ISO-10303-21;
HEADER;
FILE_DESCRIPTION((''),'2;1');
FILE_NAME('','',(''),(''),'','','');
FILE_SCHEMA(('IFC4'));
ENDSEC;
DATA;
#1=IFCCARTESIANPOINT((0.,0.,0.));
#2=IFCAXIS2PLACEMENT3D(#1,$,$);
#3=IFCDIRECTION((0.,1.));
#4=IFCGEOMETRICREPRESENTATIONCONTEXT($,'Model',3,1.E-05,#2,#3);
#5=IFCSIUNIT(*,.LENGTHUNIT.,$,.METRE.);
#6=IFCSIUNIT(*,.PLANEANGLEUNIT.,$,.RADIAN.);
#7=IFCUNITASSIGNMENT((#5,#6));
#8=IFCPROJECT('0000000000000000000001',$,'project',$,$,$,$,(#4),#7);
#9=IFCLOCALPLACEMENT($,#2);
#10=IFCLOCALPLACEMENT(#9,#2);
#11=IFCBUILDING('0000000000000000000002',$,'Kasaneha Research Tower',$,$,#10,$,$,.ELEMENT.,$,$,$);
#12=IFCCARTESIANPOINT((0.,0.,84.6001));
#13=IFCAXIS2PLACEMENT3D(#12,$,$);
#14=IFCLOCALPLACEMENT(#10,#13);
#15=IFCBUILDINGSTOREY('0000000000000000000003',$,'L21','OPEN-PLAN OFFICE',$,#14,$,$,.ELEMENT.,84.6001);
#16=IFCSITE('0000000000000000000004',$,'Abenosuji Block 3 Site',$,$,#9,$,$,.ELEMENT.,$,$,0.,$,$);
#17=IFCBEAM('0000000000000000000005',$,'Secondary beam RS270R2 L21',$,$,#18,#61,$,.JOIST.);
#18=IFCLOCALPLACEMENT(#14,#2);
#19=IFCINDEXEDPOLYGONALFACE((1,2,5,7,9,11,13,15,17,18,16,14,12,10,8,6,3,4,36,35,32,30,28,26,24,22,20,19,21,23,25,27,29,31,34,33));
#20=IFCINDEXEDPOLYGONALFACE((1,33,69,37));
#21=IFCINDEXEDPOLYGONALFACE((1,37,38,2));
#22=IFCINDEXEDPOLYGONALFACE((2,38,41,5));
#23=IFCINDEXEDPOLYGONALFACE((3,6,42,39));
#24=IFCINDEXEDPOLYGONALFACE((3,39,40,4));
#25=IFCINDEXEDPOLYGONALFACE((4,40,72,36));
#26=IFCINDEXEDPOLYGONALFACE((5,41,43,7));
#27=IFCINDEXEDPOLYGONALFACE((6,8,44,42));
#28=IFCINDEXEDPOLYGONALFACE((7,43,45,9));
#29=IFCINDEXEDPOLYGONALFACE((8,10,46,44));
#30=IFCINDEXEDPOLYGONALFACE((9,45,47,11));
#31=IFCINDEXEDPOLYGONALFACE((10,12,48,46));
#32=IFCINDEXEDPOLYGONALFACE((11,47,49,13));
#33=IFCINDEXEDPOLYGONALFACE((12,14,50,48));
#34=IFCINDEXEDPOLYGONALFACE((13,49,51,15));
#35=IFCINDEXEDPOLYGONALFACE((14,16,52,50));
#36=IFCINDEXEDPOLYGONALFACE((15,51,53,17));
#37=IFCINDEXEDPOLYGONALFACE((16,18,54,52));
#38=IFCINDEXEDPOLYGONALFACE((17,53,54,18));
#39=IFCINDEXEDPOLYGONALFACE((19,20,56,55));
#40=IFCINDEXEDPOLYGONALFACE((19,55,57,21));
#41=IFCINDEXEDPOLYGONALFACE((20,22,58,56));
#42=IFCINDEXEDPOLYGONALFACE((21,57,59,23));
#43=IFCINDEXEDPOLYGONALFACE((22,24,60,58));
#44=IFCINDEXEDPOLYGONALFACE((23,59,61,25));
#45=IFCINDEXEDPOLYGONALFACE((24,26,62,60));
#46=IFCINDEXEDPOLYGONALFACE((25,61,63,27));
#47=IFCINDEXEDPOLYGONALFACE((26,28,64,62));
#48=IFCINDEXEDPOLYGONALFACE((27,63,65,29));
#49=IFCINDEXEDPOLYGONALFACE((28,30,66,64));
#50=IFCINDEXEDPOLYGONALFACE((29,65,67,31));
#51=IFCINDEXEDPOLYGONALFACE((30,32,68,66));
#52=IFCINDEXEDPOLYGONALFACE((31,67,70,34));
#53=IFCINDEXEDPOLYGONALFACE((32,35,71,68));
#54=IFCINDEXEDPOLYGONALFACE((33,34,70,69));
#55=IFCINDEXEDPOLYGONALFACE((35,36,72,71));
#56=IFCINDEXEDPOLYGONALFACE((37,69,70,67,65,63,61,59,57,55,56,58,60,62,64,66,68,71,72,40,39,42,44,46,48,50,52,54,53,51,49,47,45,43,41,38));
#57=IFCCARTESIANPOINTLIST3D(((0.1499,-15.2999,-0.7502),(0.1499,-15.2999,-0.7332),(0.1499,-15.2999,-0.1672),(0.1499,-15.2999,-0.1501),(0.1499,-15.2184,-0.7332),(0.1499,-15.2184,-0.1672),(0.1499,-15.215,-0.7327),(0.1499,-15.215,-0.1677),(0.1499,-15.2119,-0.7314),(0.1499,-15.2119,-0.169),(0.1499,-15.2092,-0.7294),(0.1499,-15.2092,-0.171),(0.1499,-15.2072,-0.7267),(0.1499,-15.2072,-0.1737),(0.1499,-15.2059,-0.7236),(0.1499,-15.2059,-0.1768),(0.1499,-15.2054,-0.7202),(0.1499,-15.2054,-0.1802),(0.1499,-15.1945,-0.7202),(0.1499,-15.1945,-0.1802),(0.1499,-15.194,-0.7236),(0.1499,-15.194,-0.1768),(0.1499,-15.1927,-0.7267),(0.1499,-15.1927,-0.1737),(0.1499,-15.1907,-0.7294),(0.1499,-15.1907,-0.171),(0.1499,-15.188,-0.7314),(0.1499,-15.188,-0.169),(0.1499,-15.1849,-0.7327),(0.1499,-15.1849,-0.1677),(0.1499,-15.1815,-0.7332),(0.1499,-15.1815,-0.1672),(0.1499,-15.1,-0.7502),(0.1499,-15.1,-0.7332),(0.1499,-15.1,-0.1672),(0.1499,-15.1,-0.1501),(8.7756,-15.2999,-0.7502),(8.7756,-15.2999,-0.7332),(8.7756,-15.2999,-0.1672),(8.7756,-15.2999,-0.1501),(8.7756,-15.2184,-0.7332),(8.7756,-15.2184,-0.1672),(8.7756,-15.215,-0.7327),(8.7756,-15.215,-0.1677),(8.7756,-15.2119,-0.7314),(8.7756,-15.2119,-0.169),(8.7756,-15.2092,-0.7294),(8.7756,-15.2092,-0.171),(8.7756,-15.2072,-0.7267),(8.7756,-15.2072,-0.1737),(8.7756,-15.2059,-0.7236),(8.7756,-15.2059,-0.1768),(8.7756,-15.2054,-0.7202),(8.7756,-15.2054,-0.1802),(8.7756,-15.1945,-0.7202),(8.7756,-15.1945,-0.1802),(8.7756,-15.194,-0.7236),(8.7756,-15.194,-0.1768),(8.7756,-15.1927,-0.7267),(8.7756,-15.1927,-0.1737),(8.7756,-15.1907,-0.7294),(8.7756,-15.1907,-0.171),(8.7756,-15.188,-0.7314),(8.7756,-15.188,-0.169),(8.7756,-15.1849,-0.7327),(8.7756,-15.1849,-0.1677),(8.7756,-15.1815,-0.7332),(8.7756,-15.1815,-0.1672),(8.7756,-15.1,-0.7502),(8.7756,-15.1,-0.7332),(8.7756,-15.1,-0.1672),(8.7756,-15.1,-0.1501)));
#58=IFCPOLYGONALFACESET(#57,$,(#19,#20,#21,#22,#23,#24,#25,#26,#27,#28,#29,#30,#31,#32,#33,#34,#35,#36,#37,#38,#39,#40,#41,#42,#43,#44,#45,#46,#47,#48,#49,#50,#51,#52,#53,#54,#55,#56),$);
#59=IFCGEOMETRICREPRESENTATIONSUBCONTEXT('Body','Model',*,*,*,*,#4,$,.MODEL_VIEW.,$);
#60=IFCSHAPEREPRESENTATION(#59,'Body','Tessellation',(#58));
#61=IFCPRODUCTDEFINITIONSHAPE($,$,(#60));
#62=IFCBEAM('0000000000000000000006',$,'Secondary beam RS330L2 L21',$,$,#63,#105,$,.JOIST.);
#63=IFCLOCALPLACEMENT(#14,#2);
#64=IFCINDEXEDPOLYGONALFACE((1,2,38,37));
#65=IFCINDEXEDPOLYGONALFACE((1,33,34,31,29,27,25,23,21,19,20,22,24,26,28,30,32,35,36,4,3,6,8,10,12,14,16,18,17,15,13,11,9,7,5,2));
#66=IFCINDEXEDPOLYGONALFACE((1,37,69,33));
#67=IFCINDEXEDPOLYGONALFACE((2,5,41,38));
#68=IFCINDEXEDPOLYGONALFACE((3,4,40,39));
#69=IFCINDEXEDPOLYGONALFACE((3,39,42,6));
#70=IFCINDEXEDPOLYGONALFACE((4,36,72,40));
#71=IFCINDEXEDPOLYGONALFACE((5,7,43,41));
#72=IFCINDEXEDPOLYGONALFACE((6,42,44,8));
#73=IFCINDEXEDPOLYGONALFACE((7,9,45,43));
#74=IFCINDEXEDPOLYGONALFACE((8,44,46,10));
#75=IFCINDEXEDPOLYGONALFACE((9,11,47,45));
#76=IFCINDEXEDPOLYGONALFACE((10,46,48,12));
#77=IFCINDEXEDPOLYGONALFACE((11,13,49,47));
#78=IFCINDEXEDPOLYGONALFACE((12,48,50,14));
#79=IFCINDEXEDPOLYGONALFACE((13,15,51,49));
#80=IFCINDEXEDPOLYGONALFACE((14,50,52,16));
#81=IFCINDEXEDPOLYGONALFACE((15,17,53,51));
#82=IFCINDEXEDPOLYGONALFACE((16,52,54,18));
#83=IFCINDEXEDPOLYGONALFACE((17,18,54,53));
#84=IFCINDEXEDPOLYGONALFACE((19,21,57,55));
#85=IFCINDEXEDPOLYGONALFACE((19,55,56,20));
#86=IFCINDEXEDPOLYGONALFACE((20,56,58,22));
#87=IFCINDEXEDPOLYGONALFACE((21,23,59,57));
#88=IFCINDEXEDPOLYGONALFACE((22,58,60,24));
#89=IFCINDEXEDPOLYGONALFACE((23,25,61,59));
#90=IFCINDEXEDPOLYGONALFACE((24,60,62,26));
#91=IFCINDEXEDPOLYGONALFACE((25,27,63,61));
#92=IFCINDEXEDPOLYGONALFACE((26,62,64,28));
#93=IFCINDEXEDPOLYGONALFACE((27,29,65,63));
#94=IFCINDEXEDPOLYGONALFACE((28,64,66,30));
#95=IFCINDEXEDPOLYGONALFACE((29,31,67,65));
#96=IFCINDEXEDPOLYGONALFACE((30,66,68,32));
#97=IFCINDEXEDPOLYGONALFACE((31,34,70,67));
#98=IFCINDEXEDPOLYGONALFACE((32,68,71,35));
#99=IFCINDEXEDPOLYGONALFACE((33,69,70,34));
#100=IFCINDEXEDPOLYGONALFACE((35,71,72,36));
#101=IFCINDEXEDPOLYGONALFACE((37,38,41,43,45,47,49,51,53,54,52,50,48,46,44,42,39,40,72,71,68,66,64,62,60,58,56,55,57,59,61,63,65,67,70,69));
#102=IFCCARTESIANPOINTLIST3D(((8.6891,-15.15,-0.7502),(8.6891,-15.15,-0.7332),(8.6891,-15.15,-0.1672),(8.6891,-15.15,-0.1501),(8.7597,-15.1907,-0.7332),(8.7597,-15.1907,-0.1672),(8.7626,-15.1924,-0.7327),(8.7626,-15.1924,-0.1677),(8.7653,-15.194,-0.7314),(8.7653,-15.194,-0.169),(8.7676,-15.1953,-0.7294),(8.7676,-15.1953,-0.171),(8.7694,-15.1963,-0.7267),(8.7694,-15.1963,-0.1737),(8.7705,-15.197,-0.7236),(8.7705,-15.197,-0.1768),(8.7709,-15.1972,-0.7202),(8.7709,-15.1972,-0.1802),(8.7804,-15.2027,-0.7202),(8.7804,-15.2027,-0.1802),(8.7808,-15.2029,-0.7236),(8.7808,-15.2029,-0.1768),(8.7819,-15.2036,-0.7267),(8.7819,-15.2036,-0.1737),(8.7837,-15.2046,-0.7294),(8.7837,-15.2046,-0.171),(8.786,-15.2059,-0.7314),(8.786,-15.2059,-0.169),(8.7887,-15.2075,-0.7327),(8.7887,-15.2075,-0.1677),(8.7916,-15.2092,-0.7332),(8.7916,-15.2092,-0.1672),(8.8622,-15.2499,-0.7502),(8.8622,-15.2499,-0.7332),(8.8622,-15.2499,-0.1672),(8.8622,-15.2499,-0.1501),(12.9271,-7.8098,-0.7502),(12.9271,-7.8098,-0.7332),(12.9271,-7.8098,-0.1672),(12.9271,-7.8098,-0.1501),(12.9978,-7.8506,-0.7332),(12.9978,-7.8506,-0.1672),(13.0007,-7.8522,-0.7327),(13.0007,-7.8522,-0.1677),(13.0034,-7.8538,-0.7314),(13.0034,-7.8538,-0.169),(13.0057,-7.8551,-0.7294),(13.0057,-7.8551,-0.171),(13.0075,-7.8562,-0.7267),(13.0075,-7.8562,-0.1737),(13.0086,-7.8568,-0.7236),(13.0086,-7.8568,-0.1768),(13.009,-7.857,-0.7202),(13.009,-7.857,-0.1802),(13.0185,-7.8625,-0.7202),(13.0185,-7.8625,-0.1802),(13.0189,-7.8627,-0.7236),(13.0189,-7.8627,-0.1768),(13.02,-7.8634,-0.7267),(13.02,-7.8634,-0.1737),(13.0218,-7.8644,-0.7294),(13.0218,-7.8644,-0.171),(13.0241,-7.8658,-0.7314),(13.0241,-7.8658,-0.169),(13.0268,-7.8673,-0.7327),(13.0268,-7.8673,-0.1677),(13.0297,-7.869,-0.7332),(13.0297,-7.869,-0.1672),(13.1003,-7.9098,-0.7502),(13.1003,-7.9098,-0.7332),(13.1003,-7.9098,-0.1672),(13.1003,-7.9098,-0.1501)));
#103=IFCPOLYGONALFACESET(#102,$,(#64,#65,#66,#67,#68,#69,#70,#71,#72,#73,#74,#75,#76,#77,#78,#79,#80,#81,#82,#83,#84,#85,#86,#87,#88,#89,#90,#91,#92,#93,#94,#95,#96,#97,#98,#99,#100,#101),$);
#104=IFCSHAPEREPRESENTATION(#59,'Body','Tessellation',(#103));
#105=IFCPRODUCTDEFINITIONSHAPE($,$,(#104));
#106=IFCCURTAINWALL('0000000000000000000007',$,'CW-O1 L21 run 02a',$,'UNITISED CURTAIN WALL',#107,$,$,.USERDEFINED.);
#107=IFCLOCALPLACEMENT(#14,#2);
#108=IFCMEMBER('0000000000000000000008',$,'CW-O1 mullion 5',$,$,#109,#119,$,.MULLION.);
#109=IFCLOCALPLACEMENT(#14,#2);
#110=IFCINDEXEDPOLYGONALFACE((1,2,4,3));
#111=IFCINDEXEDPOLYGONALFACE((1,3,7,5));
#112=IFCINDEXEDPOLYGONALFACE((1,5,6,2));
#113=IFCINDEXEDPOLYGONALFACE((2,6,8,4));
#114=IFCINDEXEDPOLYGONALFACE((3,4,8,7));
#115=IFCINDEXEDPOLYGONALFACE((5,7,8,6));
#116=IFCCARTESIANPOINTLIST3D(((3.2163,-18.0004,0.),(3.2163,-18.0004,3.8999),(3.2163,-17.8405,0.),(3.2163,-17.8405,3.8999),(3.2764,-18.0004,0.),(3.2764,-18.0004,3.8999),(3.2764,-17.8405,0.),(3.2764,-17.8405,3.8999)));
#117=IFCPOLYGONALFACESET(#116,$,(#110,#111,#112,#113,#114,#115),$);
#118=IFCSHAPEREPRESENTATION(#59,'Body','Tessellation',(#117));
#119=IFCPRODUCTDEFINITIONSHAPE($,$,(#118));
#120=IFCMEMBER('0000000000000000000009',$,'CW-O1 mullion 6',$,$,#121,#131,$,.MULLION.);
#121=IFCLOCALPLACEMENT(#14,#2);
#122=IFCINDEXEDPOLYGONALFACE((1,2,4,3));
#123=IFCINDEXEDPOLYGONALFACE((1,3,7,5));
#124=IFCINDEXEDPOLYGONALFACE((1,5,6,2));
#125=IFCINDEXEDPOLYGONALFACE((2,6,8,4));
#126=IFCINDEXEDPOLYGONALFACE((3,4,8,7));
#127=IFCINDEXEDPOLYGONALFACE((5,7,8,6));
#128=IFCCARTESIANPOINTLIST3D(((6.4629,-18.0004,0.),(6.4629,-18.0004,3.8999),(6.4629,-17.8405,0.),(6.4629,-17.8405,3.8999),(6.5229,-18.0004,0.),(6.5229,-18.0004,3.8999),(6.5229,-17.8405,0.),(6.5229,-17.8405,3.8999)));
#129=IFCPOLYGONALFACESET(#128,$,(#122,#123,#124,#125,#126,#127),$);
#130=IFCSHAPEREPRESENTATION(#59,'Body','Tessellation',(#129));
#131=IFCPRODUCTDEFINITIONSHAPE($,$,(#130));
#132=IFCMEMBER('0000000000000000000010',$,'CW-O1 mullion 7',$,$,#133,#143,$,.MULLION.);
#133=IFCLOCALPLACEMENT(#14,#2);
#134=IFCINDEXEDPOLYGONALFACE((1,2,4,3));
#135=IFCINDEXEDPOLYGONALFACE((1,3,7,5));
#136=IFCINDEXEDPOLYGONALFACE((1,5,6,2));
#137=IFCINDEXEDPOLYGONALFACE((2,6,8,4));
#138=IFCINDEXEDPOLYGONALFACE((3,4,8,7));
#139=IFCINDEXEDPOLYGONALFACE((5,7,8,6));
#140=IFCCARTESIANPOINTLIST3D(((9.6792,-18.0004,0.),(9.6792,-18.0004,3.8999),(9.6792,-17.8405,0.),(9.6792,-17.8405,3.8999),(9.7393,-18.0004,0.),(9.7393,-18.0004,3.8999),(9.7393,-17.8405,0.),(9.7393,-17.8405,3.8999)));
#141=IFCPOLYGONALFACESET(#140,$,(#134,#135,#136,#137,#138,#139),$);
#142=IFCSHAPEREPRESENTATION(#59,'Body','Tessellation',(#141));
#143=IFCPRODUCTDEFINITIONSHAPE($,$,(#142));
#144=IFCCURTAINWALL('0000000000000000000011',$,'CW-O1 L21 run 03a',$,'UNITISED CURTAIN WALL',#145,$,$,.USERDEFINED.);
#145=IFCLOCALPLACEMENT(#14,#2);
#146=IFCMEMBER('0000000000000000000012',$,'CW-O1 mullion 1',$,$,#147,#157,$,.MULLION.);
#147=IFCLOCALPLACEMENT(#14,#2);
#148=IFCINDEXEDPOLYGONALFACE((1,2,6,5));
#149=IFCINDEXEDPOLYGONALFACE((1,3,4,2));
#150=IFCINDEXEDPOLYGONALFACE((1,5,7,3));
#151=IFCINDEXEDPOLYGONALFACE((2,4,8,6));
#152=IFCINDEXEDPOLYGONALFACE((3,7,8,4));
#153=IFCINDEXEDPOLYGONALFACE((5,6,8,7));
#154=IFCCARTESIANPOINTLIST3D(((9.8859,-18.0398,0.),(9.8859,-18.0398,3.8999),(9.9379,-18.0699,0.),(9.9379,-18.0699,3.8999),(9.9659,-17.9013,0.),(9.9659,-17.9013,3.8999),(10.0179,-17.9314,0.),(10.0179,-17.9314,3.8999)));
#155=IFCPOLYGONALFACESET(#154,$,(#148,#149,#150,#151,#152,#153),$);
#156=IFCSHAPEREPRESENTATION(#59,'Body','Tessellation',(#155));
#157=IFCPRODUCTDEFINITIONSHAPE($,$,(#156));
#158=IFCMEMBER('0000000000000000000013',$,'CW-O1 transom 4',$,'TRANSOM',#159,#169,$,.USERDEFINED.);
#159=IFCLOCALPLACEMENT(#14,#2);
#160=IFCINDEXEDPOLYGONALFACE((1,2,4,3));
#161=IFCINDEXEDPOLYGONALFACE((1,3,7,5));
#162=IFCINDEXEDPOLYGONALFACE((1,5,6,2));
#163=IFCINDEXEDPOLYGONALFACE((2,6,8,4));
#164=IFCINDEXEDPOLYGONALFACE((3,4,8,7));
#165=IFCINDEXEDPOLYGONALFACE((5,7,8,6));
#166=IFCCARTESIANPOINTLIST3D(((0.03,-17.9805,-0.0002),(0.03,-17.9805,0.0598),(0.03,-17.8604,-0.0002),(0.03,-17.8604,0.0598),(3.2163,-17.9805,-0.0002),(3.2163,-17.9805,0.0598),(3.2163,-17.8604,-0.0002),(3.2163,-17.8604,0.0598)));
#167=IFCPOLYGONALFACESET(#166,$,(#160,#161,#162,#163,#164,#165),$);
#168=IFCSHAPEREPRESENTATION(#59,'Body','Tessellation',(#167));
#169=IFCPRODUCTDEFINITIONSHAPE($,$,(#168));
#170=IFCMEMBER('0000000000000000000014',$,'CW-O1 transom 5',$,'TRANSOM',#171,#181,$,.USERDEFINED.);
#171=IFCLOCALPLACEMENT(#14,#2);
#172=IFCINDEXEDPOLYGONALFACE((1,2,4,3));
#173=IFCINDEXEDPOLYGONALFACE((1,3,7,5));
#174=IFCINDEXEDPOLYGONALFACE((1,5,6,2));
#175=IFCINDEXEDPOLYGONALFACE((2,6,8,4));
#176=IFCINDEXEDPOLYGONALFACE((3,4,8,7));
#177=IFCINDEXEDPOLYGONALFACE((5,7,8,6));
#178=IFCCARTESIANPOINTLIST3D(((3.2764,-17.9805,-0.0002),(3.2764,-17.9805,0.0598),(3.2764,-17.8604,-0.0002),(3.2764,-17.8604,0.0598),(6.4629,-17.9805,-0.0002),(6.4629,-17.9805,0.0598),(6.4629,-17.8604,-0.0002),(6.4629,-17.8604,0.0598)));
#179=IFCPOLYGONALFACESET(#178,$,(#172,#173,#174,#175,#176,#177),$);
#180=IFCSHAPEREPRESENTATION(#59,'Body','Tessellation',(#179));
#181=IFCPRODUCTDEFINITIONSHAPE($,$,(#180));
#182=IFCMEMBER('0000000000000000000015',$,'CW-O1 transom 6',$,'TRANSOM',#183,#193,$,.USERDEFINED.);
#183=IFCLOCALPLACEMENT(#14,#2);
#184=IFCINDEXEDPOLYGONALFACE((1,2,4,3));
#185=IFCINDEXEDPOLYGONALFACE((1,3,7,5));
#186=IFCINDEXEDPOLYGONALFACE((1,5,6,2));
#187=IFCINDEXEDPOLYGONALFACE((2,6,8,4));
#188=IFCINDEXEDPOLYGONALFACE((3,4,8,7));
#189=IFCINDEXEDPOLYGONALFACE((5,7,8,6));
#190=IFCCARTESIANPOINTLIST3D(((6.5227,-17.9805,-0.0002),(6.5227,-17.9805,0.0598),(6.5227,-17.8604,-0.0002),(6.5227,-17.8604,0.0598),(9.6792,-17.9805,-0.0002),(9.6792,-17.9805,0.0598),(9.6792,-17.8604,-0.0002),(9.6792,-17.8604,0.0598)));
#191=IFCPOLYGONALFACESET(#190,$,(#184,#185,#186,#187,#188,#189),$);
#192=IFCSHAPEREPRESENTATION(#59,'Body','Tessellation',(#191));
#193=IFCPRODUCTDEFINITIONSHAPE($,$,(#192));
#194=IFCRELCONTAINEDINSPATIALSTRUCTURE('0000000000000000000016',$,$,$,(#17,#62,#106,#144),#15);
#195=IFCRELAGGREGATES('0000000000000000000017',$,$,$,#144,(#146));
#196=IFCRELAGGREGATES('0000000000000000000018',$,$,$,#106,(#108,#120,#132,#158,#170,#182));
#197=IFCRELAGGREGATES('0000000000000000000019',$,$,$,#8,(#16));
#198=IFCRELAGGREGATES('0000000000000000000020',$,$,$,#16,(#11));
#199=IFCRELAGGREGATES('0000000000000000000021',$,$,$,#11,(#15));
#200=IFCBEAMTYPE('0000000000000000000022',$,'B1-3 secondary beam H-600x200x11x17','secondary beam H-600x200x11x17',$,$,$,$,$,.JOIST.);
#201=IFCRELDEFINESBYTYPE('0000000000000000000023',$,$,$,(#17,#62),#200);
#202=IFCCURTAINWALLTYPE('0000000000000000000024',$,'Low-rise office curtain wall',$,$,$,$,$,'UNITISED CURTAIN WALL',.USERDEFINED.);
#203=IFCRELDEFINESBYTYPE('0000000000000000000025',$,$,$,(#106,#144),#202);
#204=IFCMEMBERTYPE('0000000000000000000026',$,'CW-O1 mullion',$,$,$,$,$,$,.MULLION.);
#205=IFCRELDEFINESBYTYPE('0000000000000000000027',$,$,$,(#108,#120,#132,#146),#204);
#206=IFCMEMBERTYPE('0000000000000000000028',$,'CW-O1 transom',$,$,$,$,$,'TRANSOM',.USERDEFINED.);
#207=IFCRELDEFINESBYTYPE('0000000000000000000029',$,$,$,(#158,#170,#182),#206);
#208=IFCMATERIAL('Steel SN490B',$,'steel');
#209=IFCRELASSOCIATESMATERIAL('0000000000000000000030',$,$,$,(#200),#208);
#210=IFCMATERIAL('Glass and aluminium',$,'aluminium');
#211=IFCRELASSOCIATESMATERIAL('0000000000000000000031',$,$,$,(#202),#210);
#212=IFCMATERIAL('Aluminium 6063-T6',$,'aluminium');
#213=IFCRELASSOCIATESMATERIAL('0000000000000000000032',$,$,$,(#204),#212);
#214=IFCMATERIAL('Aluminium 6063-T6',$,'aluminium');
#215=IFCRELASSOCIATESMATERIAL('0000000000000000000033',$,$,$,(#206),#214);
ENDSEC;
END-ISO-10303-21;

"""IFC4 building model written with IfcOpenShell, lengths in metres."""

from ifc_helpers import new_model, si_unit, direction, frame, origin, origin_2d, place, context, subcontext, project, spatial, rectangle, i_section, extrude, material, material_profile, profile_set, type_object, element, aggregate, save


model = new_model("IFC4")

# Units and contexts
model_context = context("Model", 3, precision=1e-05, world=origin(), true_north=direction((0.0, 1.0)))
body_context = subcontext(model_context, "Body", "Model", "MODEL_VIEW")
ifc_project = project(units=[si_unit("LENGTHUNIT", "METRE"), si_unit("PLANEANGLEUNIT", "RADIAN")], contexts=[model_context])

# Site, building, storey
site_placement = place(None, origin())
site = spatial("IfcSite", under=ifc_project, at=site_placement, Name="Abenosuji Block 3 Site", CompositionType="ELEMENT", RefElevation=0.0)
building_placement = place(site_placement, origin())
building = spatial("IfcBuilding", under=site, at=building_placement, Name="Kasaneha Research Tower", CompositionType="ELEMENT")
storey_placement = place(building_placement, frame((0.0, 0.0, 84.6001)))
storey = spatial("IfcBuildingStorey", under=building, at=storey_placement, Name="L21", Description="OPEN-PLAN OFFICE", CompositionType="ELEMENT", Elevation=84.6001)

# Beams
ifc_material_1 = material(Name="Steel SN490B", Category="steel")
ifc_material_profile_1 = material_profile(ifc_material_1, i_section(OverallWidth=0.2, OverallDepth=0.6001, WebThickness=0.011, FlangeThickness=0.0171, FilletRadius=0.0129, at=origin_2d()), Name="H-600x200x11x17")
ifc_profile_set_1 = profile_set([ifc_material_profile_1], Name="Steel SN490B")
beam_type = type_object("IfcBeamType", Name="B1-3 secondary beam H-600x200x11x17", Description="secondary beam H-600x200x11x17", PredefinedType="JOIST", material=ifc_profile_set_1)
beam_1_placement = place(storey_placement, frame((8.7756, -15.2, -0.4502), z_axis=(-1.0, 0.0, 0.0), x_axis=(0.0, -1.0, 0.0)))
element("IfcBeam", 1, at=beam_1_placement, inside=storey, type_object=beam_type, Name="Secondary beam RS270R2 L21", PredefinedType="JOIST", context=body_context, shape_type="SweptSolid", body=[
    extrude(i_section(OverallWidth=0.2, OverallDepth=0.6001, WebThickness=0.011, FlangeThickness=0.0171, FilletRadius=0.0129, at=origin_2d()), origin(), (0.0, 0.0, 1.0), 8.6257),
])
beam_2_placement = place(storey_placement, frame((8.7756, -15.2, -0.4502), z_axis=(0.500021, 0.866013, 0.0), x_axis=(-0.866013, 0.500021, 0.0)))
element("IfcBeam", 2, at=beam_2_placement, inside=storey, type_object=beam_type, Name="Secondary beam RS330L2 L21", PredefinedType="JOIST", context=body_context, shape_type="SweptSolid", body=[
    extrude(i_section(OverallWidth=0.2, OverallDepth=0.6001, WebThickness=0.011, FlangeThickness=0.0171, FilletRadius=0.0129, at=origin_2d()), origin(), (0.0, 0.0, 1.0), 8.4758),
])

# Curtain wall, members
ifc_material_2 = material(Name="Glass and aluminium", Category="aluminium")
curtain_wall_type = type_object("IfcCurtainWallType", Name="Low-rise office curtain wall", ElementType="UNITISED CURTAIN WALL", PredefinedType="USERDEFINED", material=ifc_material_2)
curtain_wall_1_placement = place(storey_placement, origin())
curtain_wall_1 = element("IfcCurtainWall", 3, at=curtain_wall_1_placement, inside=storey, type_object=curtain_wall_type, Name="CW-O1 L21 run 02a", ObjectType="UNITISED CURTAIN WALL", PredefinedType="USERDEFINED")
ifc_material_3 = material(Name="Aluminium 6063-T6", Category="aluminium")
ifc_material_profile_2 = material_profile(ifc_material_3, rectangle(XDim=0.0601, YDim=0.1599, at=origin_2d()), Name="CW-O1 mullion 60x160")
ifc_profile_set_2 = profile_set([ifc_material_profile_2], Name="Aluminium 6063-T6")
member_type_1 = type_object("IfcMemberType", Name="CW-O1 mullion", PredefinedType="MULLION", material=ifc_profile_set_2)
member_1_placement = place(storey_placement, frame((3.2463, -17.9204, 0.0), z_axis=(0.0, 0.0, 1.0), x_axis=(1.0, 0.0, 0.0)))
member_1 = element("IfcMember", 4, at=member_1_placement, type_object=member_type_1, Name="CW-O1 mullion 5", PredefinedType="MULLION", context=body_context, shape_type="SweptSolid", body=[
    extrude(rectangle(XDim=0.0601, YDim=0.1599, at=origin_2d()), origin(), (0.0, 0.0, 1.0), 3.8999),
])
member_2_placement = place(storey_placement, frame((6.4929, -17.9204, 0.0), z_axis=(0.0, 0.0, 1.0), x_axis=(1.0, 0.0, 0.0)))
member_2 = element("IfcMember", 5, at=member_2_placement, type_object=member_type_1, Name="CW-O1 mullion 6", PredefinedType="MULLION", context=body_context, shape_type="SweptSolid", body=[
    extrude(rectangle(XDim=0.0601, YDim=0.1599, at=origin_2d()), origin(), (0.0, 0.0, 1.0), 3.8999),
])
member_3_placement = place(storey_placement, frame((9.7092, -17.9204, 0.0), z_axis=(0.0, 0.0, 1.0), x_axis=(1.0, 0.0, 0.0)))
member_3 = element("IfcMember", 6, at=member_3_placement, type_object=member_type_1, Name="CW-O1 mullion 7", PredefinedType="MULLION", context=body_context, shape_type="SweptSolid", body=[
    extrude(rectangle(XDim=0.0601, YDim=0.1599, at=origin_2d()), origin(), (0.0, 0.0, 1.0), 3.8999),
])

# Curtain wall, member
curtain_wall_2_placement = place(storey_placement, origin())
curtain_wall_2 = element("IfcCurtainWall", 7, at=curtain_wall_2_placement, inside=storey, type_object=curtain_wall_type, Name="CW-O1 L21 run 03a", ObjectType="UNITISED CURTAIN WALL", PredefinedType="USERDEFINED")
member_4_placement = place(storey_placement, frame((9.9519, -17.9856, 0.0), z_axis=(0.0, 0.0, 1.0), x_axis=(0.866025, -0.5, 0.0)))
member_4 = element("IfcMember", 8, at=member_4_placement, type_object=member_type_1, Name="CW-O1 mullion 1", PredefinedType="MULLION", context=body_context, shape_type="SweptSolid", body=[
    extrude(rectangle(XDim=0.0601, YDim=0.1599, at=origin_2d()), origin(), (0.0, 0.0, 1.0), 3.8999),
])
aggregate(curtain_wall_2, [member_4])

# Members
ifc_material_4 = material(Name="Aluminium 6063-T6", Category="aluminium")
ifc_material_profile_3 = material_profile(ifc_material_4, rectangle(XDim=0.1201, YDim=0.0601, at=origin_2d()), Name="CW-O1 transom 120x60")
ifc_profile_set_3 = profile_set([ifc_material_profile_3], Name="Aluminium 6063-T6")
member_type_2 = type_object("IfcMemberType", Name="CW-O1 transom", ElementType="TRANSOM", PredefinedType="USERDEFINED", material=ifc_profile_set_3)
member_5_placement = place(storey_placement, frame((0.03, -17.9204, 0.0298), z_axis=(1.0, 0.0, 0.0), x_axis=(0.0, 1.0, 0.0)))
member_5 = element("IfcMember", 9, at=member_5_placement, type_object=member_type_2, Name="CW-O1 transom 4", ObjectType="TRANSOM", PredefinedType="USERDEFINED", context=body_context, shape_type="SweptSolid", body=[
    extrude(rectangle(XDim=0.1201, YDim=0.0601, at=origin_2d()), origin(), (0.0, 0.0, 1.0), 3.1863),
])
member_6_placement = place(storey_placement, frame((3.2764, -17.9204, 0.0298), z_axis=(1.0, 0.0, 0.0), x_axis=(0.0, 1.0, 0.0)))
member_6 = element("IfcMember", 10, at=member_6_placement, type_object=member_type_2, Name="CW-O1 transom 5", ObjectType="TRANSOM", PredefinedType="USERDEFINED", context=body_context, shape_type="SweptSolid", body=[
    extrude(rectangle(XDim=0.1201, YDim=0.0601, at=origin_2d()), origin(), (0.0, 0.0, 1.0), 3.1865),
])
member_7_placement = place(storey_placement, frame((6.5227, -17.9204, 0.0298), z_axis=(1.0, 0.0, 0.0), x_axis=(0.0, 1.0, 0.0)))
member_7 = element("IfcMember", 11, at=member_7_placement, type_object=member_type_2, Name="CW-O1 transom 6", ObjectType="TRANSOM", PredefinedType="USERDEFINED", context=body_context, shape_type="SweptSolid", body=[
    extrude(rectangle(XDim=0.1201, YDim=0.0601, at=origin_2d()), origin(), (0.0, 0.0, 1.0), 3.1565),
])

aggregate(curtain_wall_1, [member_1, member_2, member_3, member_5, member_6, member_7])

save(model, "model.ifc")
